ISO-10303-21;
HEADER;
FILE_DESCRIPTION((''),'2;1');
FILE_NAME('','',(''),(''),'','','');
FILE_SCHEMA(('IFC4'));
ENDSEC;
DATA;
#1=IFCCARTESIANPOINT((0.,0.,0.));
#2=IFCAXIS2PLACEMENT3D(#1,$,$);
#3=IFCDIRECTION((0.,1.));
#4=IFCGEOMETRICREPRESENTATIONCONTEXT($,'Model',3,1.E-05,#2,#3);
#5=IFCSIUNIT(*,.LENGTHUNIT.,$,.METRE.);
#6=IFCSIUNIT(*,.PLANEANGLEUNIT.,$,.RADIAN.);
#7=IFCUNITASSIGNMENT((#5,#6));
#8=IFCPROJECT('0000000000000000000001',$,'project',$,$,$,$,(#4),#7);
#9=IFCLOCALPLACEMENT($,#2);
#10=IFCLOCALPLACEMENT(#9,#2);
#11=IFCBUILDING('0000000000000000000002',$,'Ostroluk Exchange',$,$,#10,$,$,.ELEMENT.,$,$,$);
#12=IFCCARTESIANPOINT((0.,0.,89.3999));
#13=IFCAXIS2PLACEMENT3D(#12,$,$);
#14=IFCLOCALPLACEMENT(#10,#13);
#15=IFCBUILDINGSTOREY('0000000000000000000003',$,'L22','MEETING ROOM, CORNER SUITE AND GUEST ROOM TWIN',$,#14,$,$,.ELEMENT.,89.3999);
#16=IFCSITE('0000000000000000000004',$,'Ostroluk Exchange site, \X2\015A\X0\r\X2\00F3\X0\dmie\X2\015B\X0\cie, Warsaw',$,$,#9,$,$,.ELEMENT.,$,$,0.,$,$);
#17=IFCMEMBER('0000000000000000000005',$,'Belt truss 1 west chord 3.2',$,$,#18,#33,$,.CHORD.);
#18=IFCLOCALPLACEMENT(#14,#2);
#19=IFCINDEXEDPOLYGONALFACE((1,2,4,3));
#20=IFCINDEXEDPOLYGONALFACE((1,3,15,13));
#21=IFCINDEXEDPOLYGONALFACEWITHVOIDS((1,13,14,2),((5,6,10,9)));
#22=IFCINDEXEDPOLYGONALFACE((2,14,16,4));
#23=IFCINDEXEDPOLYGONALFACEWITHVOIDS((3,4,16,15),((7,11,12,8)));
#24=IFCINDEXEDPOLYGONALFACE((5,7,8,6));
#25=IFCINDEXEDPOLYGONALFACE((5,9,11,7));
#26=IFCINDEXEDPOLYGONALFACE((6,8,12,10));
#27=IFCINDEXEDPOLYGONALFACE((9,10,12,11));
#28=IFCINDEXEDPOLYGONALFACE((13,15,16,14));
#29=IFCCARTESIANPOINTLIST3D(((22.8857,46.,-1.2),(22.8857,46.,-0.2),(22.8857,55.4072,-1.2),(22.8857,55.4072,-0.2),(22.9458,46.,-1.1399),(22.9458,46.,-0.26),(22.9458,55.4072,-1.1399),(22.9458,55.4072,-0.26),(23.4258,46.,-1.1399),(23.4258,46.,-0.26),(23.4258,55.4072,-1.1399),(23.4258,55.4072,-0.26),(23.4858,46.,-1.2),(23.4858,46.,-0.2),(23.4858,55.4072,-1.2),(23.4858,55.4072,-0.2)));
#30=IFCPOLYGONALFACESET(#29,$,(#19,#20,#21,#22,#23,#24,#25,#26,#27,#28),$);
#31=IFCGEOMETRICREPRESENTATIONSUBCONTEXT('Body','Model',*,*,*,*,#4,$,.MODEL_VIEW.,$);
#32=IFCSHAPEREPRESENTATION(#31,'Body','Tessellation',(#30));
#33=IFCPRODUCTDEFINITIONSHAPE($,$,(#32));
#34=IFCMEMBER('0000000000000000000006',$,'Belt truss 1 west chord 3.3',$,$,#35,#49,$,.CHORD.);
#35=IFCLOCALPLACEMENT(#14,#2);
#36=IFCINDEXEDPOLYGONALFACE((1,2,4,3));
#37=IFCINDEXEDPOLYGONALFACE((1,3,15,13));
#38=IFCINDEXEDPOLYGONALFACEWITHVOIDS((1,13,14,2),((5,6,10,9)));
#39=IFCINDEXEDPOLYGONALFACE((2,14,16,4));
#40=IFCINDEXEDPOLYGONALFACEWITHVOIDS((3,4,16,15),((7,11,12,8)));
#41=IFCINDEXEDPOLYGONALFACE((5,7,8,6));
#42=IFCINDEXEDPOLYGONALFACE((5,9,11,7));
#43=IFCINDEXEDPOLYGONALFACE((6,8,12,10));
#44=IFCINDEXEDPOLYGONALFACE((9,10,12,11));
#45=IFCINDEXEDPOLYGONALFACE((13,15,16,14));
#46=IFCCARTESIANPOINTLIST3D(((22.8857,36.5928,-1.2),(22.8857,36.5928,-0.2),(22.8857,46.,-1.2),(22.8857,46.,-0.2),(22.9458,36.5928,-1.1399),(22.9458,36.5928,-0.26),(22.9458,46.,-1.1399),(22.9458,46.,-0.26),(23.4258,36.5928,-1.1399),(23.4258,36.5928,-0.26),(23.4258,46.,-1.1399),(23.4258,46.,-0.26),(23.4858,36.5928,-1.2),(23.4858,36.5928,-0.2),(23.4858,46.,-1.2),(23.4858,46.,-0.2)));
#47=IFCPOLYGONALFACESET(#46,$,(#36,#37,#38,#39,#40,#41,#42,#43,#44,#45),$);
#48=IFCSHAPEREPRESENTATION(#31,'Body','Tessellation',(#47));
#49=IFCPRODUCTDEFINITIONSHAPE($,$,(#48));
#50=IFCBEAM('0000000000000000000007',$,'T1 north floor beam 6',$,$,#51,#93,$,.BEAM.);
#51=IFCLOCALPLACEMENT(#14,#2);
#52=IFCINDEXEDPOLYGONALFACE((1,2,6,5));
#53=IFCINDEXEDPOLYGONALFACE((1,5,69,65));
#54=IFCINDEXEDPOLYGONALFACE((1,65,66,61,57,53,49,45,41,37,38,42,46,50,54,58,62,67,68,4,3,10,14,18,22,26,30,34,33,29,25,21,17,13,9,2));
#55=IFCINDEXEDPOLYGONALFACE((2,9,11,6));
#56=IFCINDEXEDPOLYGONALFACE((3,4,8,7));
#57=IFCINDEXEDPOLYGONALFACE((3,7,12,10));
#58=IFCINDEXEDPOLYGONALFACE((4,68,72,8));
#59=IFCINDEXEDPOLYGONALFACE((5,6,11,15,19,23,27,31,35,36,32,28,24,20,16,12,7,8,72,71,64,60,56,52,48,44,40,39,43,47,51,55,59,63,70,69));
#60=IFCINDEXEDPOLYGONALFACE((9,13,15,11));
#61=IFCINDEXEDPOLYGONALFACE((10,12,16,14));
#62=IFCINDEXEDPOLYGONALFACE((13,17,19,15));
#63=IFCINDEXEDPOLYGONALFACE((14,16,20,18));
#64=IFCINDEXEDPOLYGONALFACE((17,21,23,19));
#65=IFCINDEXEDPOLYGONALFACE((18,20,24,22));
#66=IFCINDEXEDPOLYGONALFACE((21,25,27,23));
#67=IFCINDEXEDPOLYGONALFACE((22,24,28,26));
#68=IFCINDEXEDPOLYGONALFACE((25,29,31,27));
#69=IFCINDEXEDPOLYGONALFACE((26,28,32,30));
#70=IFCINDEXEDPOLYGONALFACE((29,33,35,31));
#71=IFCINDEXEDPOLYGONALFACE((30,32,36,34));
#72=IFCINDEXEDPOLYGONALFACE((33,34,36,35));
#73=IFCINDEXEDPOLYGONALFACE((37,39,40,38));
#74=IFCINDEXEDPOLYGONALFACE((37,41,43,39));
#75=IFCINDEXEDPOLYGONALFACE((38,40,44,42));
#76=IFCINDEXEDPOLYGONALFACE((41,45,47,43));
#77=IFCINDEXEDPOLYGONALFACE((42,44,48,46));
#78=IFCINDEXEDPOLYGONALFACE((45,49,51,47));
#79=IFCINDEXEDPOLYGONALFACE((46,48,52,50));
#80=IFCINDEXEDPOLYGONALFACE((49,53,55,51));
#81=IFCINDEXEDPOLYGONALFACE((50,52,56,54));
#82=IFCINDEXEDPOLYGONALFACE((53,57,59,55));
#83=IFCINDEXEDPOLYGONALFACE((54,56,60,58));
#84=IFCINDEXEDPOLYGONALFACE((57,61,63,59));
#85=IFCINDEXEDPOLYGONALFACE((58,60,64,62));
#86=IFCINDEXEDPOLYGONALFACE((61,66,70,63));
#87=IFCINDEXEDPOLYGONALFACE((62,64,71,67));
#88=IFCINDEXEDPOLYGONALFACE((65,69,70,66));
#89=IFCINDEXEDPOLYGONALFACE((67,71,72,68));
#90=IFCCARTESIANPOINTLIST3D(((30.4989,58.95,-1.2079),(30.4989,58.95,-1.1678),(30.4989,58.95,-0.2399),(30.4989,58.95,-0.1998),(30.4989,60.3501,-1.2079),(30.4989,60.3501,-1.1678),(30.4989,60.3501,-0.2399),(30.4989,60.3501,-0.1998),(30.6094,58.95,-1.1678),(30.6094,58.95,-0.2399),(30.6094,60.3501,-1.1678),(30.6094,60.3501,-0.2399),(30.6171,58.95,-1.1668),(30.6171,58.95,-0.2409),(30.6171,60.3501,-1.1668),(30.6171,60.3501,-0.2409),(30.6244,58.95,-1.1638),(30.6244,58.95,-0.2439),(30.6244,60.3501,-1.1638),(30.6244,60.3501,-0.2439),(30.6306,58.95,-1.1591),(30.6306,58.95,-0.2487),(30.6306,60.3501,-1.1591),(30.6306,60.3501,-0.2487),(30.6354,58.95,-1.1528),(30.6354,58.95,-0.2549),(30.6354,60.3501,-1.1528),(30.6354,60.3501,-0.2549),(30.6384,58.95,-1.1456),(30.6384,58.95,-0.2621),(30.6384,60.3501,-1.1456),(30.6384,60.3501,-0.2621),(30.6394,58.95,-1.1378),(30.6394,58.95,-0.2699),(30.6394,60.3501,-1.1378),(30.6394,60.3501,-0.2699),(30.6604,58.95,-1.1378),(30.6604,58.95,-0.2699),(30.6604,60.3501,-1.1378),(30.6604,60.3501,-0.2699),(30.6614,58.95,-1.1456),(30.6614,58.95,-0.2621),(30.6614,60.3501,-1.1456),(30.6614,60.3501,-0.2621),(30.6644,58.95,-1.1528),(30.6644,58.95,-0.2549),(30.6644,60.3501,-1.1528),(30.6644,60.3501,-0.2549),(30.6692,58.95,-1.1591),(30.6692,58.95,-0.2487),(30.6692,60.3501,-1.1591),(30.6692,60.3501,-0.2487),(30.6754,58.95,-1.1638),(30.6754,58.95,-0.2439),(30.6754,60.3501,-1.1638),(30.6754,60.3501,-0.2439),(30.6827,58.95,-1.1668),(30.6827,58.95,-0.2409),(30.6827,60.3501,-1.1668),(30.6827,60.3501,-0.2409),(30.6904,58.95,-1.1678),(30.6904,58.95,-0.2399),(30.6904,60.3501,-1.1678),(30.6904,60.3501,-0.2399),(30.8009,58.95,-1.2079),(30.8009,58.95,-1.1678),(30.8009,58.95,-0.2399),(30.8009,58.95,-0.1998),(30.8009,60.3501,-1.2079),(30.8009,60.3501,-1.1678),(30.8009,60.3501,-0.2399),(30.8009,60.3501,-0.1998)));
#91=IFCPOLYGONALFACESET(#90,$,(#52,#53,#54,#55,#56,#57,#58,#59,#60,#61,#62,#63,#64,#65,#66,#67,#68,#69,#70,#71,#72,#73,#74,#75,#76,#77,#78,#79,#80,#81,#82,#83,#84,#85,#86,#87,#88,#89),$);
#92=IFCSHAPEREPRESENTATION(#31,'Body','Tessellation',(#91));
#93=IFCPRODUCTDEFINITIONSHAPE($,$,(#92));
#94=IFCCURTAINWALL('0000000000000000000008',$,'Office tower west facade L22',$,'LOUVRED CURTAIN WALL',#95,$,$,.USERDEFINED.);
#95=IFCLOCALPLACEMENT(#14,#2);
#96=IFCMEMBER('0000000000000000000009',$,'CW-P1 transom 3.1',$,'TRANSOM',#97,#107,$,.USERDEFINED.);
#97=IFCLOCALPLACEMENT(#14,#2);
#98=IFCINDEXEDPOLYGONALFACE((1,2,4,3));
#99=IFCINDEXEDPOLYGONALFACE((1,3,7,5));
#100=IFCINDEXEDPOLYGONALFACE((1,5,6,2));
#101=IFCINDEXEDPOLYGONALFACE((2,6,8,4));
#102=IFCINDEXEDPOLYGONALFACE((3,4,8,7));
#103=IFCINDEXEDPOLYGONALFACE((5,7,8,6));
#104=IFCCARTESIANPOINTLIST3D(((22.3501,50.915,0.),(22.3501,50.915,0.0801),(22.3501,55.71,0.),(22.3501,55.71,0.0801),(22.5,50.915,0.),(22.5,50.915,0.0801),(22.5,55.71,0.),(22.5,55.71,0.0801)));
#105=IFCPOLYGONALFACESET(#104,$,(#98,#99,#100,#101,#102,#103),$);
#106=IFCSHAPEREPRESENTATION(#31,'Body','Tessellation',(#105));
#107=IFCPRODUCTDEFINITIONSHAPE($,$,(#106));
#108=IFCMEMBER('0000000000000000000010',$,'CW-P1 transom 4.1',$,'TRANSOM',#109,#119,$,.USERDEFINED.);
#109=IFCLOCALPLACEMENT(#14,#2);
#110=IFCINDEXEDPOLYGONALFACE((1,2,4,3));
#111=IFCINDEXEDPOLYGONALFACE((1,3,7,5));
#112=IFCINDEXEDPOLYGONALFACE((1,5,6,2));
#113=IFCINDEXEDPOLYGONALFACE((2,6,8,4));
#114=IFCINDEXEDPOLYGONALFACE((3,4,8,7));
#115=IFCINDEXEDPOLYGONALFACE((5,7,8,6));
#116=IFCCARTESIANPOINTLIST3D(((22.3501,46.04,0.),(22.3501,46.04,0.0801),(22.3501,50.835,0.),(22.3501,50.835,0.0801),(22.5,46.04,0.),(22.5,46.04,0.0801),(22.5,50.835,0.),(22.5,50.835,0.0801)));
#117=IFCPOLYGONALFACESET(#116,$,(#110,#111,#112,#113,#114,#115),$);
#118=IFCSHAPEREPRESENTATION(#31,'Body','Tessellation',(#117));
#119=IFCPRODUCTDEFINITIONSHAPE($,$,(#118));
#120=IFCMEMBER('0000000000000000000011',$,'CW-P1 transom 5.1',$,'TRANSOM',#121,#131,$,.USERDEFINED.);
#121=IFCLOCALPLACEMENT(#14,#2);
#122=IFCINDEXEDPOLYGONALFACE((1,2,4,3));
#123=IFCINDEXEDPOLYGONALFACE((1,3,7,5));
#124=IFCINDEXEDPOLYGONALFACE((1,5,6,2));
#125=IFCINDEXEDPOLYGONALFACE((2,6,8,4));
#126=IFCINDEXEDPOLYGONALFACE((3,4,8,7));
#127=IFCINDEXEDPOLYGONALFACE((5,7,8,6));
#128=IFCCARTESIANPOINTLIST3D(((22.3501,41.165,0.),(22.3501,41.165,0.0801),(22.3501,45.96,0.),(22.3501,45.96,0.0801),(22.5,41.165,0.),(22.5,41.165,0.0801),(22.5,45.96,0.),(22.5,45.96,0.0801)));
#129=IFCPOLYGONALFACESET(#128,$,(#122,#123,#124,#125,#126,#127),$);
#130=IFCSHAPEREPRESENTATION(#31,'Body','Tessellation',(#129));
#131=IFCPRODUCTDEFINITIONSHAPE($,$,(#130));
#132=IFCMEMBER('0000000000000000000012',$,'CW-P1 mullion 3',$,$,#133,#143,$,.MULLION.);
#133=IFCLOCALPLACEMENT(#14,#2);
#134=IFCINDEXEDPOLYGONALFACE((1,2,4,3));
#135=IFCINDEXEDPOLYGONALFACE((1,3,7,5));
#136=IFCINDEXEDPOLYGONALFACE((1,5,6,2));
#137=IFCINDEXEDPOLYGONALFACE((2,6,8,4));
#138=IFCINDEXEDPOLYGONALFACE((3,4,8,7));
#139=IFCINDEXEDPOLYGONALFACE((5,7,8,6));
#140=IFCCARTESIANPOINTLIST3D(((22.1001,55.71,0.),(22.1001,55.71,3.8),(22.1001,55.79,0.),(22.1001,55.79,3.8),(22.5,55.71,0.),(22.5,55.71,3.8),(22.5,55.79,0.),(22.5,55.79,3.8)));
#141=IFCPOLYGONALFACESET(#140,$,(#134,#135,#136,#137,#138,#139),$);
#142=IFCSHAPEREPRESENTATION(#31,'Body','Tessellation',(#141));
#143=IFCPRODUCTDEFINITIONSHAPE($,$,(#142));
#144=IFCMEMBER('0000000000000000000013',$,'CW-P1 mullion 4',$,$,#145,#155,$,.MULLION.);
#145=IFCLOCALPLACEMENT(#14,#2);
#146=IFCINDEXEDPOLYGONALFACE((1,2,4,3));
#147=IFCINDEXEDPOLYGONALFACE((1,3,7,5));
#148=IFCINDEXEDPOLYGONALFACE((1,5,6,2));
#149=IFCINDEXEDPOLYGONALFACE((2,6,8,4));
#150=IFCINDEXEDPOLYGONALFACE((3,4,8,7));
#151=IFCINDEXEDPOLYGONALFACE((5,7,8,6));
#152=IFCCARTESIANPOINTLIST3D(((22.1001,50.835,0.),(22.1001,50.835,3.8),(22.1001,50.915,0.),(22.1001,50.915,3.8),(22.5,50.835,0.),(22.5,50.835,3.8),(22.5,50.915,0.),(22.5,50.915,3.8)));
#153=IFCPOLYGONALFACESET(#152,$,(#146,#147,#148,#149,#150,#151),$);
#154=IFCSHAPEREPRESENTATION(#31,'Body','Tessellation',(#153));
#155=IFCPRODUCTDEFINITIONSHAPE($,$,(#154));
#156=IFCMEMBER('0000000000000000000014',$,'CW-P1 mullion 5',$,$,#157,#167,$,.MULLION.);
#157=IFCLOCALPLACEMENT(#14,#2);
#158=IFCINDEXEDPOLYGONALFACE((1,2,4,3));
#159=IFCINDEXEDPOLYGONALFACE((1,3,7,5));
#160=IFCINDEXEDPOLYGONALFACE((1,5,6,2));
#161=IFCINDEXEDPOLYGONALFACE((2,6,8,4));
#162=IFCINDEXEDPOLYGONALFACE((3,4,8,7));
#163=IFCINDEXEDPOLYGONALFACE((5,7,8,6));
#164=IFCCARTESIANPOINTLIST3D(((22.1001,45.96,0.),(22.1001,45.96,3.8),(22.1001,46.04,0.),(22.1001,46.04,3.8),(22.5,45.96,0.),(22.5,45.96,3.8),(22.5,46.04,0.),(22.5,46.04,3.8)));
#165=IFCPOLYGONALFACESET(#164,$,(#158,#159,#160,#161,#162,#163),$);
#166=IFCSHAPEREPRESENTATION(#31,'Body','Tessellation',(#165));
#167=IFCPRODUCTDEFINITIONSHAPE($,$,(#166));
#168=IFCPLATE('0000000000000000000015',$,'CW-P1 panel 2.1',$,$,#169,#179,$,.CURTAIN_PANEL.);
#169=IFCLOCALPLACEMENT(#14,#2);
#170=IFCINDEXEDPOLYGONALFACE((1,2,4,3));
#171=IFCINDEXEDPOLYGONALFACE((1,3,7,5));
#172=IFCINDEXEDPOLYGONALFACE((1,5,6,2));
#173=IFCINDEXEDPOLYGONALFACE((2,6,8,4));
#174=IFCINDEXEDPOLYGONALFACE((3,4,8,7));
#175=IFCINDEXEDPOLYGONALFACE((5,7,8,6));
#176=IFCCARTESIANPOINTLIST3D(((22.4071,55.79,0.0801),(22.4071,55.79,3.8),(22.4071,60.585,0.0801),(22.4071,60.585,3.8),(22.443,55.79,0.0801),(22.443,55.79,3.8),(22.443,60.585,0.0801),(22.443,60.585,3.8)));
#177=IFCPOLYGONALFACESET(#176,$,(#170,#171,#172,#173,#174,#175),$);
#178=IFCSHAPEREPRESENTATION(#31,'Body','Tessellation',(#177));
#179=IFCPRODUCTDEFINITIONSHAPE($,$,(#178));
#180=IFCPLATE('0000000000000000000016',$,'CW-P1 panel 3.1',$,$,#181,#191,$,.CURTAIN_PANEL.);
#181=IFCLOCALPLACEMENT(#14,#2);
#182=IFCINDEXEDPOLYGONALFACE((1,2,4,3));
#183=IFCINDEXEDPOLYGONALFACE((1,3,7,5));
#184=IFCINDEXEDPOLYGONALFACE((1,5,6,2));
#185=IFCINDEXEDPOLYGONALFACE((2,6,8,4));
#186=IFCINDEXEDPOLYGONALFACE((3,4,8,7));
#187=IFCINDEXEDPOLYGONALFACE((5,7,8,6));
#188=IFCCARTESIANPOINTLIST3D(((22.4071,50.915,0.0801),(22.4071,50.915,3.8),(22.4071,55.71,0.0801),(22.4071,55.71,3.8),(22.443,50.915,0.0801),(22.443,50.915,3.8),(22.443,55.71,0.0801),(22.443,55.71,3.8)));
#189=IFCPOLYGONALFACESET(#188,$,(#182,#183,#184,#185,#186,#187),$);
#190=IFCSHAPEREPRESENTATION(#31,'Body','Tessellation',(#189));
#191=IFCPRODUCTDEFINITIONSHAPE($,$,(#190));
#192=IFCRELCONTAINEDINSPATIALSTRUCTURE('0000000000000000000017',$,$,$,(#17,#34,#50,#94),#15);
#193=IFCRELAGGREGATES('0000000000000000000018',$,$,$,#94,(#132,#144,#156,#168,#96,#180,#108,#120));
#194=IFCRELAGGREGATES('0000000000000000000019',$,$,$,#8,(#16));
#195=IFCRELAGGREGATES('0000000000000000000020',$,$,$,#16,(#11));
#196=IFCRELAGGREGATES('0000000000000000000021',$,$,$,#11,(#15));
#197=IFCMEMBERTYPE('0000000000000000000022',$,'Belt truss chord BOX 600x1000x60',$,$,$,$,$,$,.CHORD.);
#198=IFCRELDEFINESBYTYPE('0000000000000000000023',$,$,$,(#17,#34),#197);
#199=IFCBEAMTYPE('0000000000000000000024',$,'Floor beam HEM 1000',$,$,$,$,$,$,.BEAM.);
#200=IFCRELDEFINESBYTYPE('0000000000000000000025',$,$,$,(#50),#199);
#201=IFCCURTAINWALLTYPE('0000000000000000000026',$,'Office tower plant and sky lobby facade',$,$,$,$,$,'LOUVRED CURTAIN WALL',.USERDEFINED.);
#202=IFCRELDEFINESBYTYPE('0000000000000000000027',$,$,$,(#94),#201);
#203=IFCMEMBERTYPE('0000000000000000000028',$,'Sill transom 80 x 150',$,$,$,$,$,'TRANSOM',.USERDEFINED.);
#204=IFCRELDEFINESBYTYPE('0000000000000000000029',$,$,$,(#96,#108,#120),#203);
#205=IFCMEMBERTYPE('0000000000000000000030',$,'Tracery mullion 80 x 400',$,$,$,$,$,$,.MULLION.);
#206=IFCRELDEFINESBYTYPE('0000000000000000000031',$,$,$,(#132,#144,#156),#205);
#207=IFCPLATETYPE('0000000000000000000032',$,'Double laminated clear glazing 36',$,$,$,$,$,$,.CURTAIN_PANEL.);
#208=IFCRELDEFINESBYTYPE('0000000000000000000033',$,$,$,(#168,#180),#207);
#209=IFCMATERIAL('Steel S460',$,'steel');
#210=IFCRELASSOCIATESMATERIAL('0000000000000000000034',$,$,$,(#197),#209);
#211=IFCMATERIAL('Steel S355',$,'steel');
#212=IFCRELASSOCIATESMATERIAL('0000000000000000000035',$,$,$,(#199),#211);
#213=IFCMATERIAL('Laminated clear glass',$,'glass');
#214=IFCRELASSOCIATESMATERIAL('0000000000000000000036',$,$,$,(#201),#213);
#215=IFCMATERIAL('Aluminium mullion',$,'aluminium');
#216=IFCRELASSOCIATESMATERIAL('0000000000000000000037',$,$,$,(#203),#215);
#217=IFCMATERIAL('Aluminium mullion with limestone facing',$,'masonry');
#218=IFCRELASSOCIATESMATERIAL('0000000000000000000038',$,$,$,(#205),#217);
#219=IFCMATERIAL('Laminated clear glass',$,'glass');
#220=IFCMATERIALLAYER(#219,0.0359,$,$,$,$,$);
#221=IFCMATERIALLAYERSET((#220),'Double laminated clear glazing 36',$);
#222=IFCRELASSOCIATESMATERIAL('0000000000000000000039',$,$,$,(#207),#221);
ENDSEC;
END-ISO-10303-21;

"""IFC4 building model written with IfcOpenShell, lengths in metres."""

from ifc_helpers import new_model, si_unit, direction, frame, origin, origin_2d, place, context, subcontext, project, spatial, rectangle, hollow_rectangle, i_section, extrude, material, layer, layer_set, material_profile, profile_set, type_object, element, aggregate, save


model = new_model("IFC4")

# Units and contexts
model_context = context("Model", 3, precision=1e-05, world=origin(), true_north=direction((0.0, 1.0)))
body_context = subcontext(model_context, "Body", "Model", "MODEL_VIEW")
ifc_project = project(units=[si_unit("LENGTHUNIT", "METRE"), si_unit("PLANEANGLEUNIT", "RADIAN")], contexts=[model_context])

# Site, building, storey
site_placement = place(None, origin())
site = spatial("IfcSite", under=ifc_project, at=site_placement, Name="Ostroluk Exchange site, Śródmieście, Warsaw", CompositionType="ELEMENT", RefElevation=0.0)
building_placement = place(site_placement, origin())
building = spatial("IfcBuilding", under=site, at=building_placement, Name="Ostroluk Exchange", CompositionType="ELEMENT")
storey_placement = place(building_placement, frame((0.0, 0.0, 89.3999)))
storey = spatial("IfcBuildingStorey", under=building, at=storey_placement, Name="L22", Description="MEETING ROOM, CORNER SUITE AND GUEST ROOM TWIN", CompositionType="ELEMENT", Elevation=89.3999)

# Members
ifc_material_1 = material(Name="Steel S460", Category="steel")
ifc_material_profile_1 = material_profile(ifc_material_1, hollow_rectangle(XDim=0.6001, YDim=1.0, WallThickness=0.0601, at=origin_2d()), Name="BOX 600x1000x60")
ifc_profile_set_1 = profile_set([ifc_material_profile_1], Name="Steel S460")
member_type_1 = type_object("IfcMemberType", Name="Belt truss chord BOX 600x1000x60", PredefinedType="CHORD", material=ifc_profile_set_1)
for number, where, z_axis, x_axis, name in (
    (1, (23.1858, 55.4072, -0.7), (0.0, -1.0, 0.0), (1.0, 0.0, 0.0), "Belt truss 1 west chord 3.2"),
    (2, (23.1858, 46.0, -0.7), (0.0, -1.0, 0.0), (1.0, 0.0, 0.0), "Belt truss 1 west chord 3.3"),
):
    element("IfcMember", number, at=place(storey_placement, frame(where, z_axis=z_axis, x_axis=x_axis)), inside=storey, type_object=member_type_1, Name=name, PredefinedType="CHORD", context=body_context, shape_type="SweptSolid", body=[
        extrude(hollow_rectangle(XDim=0.6001, YDim=1.0, WallThickness=0.0601, at=origin_2d()), origin(), (0.0, 0.0, 1.0), 9.4072),
    ])

# Beam
ifc_material_2 = material(Name="Steel S355", Category="steel")
ifc_material_profile_2 = material_profile(ifc_material_2, i_section(OverallWidth=0.302, OverallDepth=1.0081, WebThickness=0.021, FlangeThickness=0.04, FilletRadius=0.03, at=origin_2d()), Name="HEM 1000")
ifc_profile_set_2 = profile_set([ifc_material_profile_2], Name="Steel S355")
beam_type = type_object("IfcBeamType", Name="Floor beam HEM 1000", PredefinedType="BEAM", material=ifc_profile_set_2)
beam_placement = place(storey_placement, frame((30.6499, 58.95, -0.7039), z_axis=(0.0, 1.0, 0.0), x_axis=(-1.0, 0.0, 0.0)))
element("IfcBeam", 3, at=beam_placement, inside=storey, type_object=beam_type, Name="T1 north floor beam 6", PredefinedType="BEAM", context=body_context, shape_type="SweptSolid", body=[
    extrude(i_section(OverallWidth=0.302, OverallDepth=1.0081, WebThickness=0.021, FlangeThickness=0.04, FilletRadius=0.03, at=origin_2d()), origin(), (0.0, 0.0, 1.0), 1.4001),
])

# Curtain wall, members, plates
ifc_material_3 = material(Name="Laminated clear glass", Category="glass")
curtain_wall_type = type_object("IfcCurtainWallType", Name="Office tower plant and sky lobby facade", ElementType="LOUVRED CURTAIN WALL", PredefinedType="USERDEFINED", material=ifc_material_3)
curtain_wall_placement = place(storey_placement, origin())
curtain_wall = element("IfcCurtainWall", 4, at=curtain_wall_placement, inside=storey, type_object=curtain_wall_type, Name="Office tower west facade L22", ObjectType="LOUVRED CURTAIN WALL", PredefinedType="USERDEFINED")
ifc_material_4 = material(Name="Aluminium mullion", Category="aluminium")
ifc_material_profile_3 = material_profile(ifc_material_4, rectangle(XDim=0.1499, YDim=0.0801, at=origin_2d()), Name="Sill transom 80 x 150")
ifc_profile_set_3 = profile_set([ifc_material_profile_3], Name="Aluminium mullion")
member_type_2 = type_object("IfcMemberType", Name="Sill transom 80 x 150", ElementType="TRANSOM", PredefinedType="USERDEFINED", material=ifc_profile_set_3)
member_1_placement = place(storey_placement, frame((22.425, 55.71, 0.04), z_axis=(0.0, -1.0, 0.0), x_axis=(1.0, 0.0, 0.0)))
member_1 = element("IfcMember", 5, at=member_1_placement, type_object=member_type_2, Name="CW-P1 transom 3.1", ObjectType="TRANSOM", PredefinedType="USERDEFINED", context=body_context, shape_type="SweptSolid", body=[
    extrude(rectangle(XDim=0.1499, YDim=0.0801, at=origin_2d()), origin(), (0.0, 0.0, 1.0), 4.7949),
])
member_2_placement = place(storey_placement, frame((22.425, 50.835, 0.04), z_axis=(0.0, -1.0, 0.0), x_axis=(1.0, 0.0, 0.0)))
member_2 = element("IfcMember", 6, at=member_2_placement, type_object=member_type_2, Name="CW-P1 transom 4.1", ObjectType="TRANSOM", PredefinedType="USERDEFINED", context=body_context, shape_type="SweptSolid", body=[
    extrude(rectangle(XDim=0.1499, YDim=0.0801, at=origin_2d()), origin(), (0.0, 0.0, 1.0), 4.7949),
])
member_3_placement = place(storey_placement, frame((22.425, 45.96, 0.04), z_axis=(0.0, -1.0, 0.0), x_axis=(1.0, 0.0, 0.0)))
member_3 = element("IfcMember", 7, at=member_3_placement, type_object=member_type_2, Name="CW-P1 transom 5.1", ObjectType="TRANSOM", PredefinedType="USERDEFINED", context=body_context, shape_type="SweptSolid", body=[
    extrude(rectangle(XDim=0.1499, YDim=0.0801, at=origin_2d()), origin(), (0.0, 0.0, 1.0), 4.7949),
])
ifc_material_5 = material(Name="Aluminium mullion with limestone facing", Category="masonry")
ifc_material_profile_4 = material_profile(ifc_material_5, rectangle(XDim=0.3999, YDim=0.0801, at=origin_2d()), Name="Tracery mullion 80 x 400")
ifc_profile_set_4 = profile_set([ifc_material_profile_4], Name="Aluminium mullion with limestone facing")
member_type_3 = type_object("IfcMemberType", Name="Tracery mullion 80 x 400", PredefinedType="MULLION", material=ifc_profile_set_4)
member_4_placement = place(storey_placement, frame((22.3, 55.75, 0.0), z_axis=(0.0, 0.0, 1.0), x_axis=(1.0, 0.0, 0.0)))
member_4 = element("IfcMember", 8, at=member_4_placement, type_object=member_type_3, Name="CW-P1 mullion 3", PredefinedType="MULLION", context=body_context, shape_type="SweptSolid", body=[
    extrude(rectangle(XDim=0.3999, YDim=0.0801, at=origin_2d()), origin(), (0.0, 0.0, 1.0), 3.8),
])
member_5_placement = place(storey_placement, frame((22.3, 50.875, 0.0), z_axis=(0.0, 0.0, 1.0), x_axis=(1.0, 0.0, 0.0)))
member_5 = element("IfcMember", 9, at=member_5_placement, type_object=member_type_3, Name="CW-P1 mullion 4", PredefinedType="MULLION", context=body_context, shape_type="SweptSolid", body=[
    extrude(rectangle(XDim=0.3999, YDim=0.0801, at=origin_2d()), origin(), (0.0, 0.0, 1.0), 3.8),
])
member_6_placement = place(storey_placement, frame((22.3, 46.0, 0.0), z_axis=(0.0, 0.0, 1.0), x_axis=(1.0, 0.0, 0.0)))
member_6 = element("IfcMember", 10, at=member_6_placement, type_object=member_type_3, Name="CW-P1 mullion 5", PredefinedType="MULLION", context=body_context, shape_type="SweptSolid", body=[
    extrude(rectangle(XDim=0.3999, YDim=0.0801, at=origin_2d()), origin(), (0.0, 0.0, 1.0), 3.8),
])
ifc_material_6 = material(Name="Laminated clear glass", Category="glass")
ifc_layer_1 = layer(ifc_material_6, 0.0359)
ifc_layer_set_1 = layer_set([ifc_layer_1], Name="Double laminated clear glazing 36")
plate_type = type_object("IfcPlateType", Name="Double laminated clear glazing 36", PredefinedType="CURTAIN_PANEL", material=ifc_layer_set_1)
plate_1_placement = place(storey_placement, frame((22.425, 58.1875, 0.0801), z_axis=(0.0, 0.0, 1.0), x_axis=(0.0, -1.0, 0.0)))
plate_1 = element("IfcPlate", 11, at=plate_1_placement, type_object=plate_type, Name="CW-P1 panel 2.1", PredefinedType="CURTAIN_PANEL", context=body_context, shape_type="SweptSolid", body=[
    extrude(rectangle(XDim=4.7949, YDim=0.0359, at=origin_2d()), origin(), (0.0, 0.0, 1.0), 3.72),
])
plate_2_placement = place(storey_placement, frame((22.425, 53.3125, 0.0801), z_axis=(0.0, 0.0, 1.0), x_axis=(0.0, -1.0, 0.0)))
plate_2 = element("IfcPlate", 12, at=plate_2_placement, type_object=plate_type, Name="CW-P1 panel 3.1", PredefinedType="CURTAIN_PANEL", context=body_context, shape_type="SweptSolid", body=[
    extrude(rectangle(XDim=4.7949, YDim=0.0359, at=origin_2d()), origin(), (0.0, 0.0, 1.0), 3.72),
])
aggregate(curtain_wall, [member_4, member_5, member_6, plate_1, member_1, plate_2, member_2, member_3])

save(model, "model.ifc")
